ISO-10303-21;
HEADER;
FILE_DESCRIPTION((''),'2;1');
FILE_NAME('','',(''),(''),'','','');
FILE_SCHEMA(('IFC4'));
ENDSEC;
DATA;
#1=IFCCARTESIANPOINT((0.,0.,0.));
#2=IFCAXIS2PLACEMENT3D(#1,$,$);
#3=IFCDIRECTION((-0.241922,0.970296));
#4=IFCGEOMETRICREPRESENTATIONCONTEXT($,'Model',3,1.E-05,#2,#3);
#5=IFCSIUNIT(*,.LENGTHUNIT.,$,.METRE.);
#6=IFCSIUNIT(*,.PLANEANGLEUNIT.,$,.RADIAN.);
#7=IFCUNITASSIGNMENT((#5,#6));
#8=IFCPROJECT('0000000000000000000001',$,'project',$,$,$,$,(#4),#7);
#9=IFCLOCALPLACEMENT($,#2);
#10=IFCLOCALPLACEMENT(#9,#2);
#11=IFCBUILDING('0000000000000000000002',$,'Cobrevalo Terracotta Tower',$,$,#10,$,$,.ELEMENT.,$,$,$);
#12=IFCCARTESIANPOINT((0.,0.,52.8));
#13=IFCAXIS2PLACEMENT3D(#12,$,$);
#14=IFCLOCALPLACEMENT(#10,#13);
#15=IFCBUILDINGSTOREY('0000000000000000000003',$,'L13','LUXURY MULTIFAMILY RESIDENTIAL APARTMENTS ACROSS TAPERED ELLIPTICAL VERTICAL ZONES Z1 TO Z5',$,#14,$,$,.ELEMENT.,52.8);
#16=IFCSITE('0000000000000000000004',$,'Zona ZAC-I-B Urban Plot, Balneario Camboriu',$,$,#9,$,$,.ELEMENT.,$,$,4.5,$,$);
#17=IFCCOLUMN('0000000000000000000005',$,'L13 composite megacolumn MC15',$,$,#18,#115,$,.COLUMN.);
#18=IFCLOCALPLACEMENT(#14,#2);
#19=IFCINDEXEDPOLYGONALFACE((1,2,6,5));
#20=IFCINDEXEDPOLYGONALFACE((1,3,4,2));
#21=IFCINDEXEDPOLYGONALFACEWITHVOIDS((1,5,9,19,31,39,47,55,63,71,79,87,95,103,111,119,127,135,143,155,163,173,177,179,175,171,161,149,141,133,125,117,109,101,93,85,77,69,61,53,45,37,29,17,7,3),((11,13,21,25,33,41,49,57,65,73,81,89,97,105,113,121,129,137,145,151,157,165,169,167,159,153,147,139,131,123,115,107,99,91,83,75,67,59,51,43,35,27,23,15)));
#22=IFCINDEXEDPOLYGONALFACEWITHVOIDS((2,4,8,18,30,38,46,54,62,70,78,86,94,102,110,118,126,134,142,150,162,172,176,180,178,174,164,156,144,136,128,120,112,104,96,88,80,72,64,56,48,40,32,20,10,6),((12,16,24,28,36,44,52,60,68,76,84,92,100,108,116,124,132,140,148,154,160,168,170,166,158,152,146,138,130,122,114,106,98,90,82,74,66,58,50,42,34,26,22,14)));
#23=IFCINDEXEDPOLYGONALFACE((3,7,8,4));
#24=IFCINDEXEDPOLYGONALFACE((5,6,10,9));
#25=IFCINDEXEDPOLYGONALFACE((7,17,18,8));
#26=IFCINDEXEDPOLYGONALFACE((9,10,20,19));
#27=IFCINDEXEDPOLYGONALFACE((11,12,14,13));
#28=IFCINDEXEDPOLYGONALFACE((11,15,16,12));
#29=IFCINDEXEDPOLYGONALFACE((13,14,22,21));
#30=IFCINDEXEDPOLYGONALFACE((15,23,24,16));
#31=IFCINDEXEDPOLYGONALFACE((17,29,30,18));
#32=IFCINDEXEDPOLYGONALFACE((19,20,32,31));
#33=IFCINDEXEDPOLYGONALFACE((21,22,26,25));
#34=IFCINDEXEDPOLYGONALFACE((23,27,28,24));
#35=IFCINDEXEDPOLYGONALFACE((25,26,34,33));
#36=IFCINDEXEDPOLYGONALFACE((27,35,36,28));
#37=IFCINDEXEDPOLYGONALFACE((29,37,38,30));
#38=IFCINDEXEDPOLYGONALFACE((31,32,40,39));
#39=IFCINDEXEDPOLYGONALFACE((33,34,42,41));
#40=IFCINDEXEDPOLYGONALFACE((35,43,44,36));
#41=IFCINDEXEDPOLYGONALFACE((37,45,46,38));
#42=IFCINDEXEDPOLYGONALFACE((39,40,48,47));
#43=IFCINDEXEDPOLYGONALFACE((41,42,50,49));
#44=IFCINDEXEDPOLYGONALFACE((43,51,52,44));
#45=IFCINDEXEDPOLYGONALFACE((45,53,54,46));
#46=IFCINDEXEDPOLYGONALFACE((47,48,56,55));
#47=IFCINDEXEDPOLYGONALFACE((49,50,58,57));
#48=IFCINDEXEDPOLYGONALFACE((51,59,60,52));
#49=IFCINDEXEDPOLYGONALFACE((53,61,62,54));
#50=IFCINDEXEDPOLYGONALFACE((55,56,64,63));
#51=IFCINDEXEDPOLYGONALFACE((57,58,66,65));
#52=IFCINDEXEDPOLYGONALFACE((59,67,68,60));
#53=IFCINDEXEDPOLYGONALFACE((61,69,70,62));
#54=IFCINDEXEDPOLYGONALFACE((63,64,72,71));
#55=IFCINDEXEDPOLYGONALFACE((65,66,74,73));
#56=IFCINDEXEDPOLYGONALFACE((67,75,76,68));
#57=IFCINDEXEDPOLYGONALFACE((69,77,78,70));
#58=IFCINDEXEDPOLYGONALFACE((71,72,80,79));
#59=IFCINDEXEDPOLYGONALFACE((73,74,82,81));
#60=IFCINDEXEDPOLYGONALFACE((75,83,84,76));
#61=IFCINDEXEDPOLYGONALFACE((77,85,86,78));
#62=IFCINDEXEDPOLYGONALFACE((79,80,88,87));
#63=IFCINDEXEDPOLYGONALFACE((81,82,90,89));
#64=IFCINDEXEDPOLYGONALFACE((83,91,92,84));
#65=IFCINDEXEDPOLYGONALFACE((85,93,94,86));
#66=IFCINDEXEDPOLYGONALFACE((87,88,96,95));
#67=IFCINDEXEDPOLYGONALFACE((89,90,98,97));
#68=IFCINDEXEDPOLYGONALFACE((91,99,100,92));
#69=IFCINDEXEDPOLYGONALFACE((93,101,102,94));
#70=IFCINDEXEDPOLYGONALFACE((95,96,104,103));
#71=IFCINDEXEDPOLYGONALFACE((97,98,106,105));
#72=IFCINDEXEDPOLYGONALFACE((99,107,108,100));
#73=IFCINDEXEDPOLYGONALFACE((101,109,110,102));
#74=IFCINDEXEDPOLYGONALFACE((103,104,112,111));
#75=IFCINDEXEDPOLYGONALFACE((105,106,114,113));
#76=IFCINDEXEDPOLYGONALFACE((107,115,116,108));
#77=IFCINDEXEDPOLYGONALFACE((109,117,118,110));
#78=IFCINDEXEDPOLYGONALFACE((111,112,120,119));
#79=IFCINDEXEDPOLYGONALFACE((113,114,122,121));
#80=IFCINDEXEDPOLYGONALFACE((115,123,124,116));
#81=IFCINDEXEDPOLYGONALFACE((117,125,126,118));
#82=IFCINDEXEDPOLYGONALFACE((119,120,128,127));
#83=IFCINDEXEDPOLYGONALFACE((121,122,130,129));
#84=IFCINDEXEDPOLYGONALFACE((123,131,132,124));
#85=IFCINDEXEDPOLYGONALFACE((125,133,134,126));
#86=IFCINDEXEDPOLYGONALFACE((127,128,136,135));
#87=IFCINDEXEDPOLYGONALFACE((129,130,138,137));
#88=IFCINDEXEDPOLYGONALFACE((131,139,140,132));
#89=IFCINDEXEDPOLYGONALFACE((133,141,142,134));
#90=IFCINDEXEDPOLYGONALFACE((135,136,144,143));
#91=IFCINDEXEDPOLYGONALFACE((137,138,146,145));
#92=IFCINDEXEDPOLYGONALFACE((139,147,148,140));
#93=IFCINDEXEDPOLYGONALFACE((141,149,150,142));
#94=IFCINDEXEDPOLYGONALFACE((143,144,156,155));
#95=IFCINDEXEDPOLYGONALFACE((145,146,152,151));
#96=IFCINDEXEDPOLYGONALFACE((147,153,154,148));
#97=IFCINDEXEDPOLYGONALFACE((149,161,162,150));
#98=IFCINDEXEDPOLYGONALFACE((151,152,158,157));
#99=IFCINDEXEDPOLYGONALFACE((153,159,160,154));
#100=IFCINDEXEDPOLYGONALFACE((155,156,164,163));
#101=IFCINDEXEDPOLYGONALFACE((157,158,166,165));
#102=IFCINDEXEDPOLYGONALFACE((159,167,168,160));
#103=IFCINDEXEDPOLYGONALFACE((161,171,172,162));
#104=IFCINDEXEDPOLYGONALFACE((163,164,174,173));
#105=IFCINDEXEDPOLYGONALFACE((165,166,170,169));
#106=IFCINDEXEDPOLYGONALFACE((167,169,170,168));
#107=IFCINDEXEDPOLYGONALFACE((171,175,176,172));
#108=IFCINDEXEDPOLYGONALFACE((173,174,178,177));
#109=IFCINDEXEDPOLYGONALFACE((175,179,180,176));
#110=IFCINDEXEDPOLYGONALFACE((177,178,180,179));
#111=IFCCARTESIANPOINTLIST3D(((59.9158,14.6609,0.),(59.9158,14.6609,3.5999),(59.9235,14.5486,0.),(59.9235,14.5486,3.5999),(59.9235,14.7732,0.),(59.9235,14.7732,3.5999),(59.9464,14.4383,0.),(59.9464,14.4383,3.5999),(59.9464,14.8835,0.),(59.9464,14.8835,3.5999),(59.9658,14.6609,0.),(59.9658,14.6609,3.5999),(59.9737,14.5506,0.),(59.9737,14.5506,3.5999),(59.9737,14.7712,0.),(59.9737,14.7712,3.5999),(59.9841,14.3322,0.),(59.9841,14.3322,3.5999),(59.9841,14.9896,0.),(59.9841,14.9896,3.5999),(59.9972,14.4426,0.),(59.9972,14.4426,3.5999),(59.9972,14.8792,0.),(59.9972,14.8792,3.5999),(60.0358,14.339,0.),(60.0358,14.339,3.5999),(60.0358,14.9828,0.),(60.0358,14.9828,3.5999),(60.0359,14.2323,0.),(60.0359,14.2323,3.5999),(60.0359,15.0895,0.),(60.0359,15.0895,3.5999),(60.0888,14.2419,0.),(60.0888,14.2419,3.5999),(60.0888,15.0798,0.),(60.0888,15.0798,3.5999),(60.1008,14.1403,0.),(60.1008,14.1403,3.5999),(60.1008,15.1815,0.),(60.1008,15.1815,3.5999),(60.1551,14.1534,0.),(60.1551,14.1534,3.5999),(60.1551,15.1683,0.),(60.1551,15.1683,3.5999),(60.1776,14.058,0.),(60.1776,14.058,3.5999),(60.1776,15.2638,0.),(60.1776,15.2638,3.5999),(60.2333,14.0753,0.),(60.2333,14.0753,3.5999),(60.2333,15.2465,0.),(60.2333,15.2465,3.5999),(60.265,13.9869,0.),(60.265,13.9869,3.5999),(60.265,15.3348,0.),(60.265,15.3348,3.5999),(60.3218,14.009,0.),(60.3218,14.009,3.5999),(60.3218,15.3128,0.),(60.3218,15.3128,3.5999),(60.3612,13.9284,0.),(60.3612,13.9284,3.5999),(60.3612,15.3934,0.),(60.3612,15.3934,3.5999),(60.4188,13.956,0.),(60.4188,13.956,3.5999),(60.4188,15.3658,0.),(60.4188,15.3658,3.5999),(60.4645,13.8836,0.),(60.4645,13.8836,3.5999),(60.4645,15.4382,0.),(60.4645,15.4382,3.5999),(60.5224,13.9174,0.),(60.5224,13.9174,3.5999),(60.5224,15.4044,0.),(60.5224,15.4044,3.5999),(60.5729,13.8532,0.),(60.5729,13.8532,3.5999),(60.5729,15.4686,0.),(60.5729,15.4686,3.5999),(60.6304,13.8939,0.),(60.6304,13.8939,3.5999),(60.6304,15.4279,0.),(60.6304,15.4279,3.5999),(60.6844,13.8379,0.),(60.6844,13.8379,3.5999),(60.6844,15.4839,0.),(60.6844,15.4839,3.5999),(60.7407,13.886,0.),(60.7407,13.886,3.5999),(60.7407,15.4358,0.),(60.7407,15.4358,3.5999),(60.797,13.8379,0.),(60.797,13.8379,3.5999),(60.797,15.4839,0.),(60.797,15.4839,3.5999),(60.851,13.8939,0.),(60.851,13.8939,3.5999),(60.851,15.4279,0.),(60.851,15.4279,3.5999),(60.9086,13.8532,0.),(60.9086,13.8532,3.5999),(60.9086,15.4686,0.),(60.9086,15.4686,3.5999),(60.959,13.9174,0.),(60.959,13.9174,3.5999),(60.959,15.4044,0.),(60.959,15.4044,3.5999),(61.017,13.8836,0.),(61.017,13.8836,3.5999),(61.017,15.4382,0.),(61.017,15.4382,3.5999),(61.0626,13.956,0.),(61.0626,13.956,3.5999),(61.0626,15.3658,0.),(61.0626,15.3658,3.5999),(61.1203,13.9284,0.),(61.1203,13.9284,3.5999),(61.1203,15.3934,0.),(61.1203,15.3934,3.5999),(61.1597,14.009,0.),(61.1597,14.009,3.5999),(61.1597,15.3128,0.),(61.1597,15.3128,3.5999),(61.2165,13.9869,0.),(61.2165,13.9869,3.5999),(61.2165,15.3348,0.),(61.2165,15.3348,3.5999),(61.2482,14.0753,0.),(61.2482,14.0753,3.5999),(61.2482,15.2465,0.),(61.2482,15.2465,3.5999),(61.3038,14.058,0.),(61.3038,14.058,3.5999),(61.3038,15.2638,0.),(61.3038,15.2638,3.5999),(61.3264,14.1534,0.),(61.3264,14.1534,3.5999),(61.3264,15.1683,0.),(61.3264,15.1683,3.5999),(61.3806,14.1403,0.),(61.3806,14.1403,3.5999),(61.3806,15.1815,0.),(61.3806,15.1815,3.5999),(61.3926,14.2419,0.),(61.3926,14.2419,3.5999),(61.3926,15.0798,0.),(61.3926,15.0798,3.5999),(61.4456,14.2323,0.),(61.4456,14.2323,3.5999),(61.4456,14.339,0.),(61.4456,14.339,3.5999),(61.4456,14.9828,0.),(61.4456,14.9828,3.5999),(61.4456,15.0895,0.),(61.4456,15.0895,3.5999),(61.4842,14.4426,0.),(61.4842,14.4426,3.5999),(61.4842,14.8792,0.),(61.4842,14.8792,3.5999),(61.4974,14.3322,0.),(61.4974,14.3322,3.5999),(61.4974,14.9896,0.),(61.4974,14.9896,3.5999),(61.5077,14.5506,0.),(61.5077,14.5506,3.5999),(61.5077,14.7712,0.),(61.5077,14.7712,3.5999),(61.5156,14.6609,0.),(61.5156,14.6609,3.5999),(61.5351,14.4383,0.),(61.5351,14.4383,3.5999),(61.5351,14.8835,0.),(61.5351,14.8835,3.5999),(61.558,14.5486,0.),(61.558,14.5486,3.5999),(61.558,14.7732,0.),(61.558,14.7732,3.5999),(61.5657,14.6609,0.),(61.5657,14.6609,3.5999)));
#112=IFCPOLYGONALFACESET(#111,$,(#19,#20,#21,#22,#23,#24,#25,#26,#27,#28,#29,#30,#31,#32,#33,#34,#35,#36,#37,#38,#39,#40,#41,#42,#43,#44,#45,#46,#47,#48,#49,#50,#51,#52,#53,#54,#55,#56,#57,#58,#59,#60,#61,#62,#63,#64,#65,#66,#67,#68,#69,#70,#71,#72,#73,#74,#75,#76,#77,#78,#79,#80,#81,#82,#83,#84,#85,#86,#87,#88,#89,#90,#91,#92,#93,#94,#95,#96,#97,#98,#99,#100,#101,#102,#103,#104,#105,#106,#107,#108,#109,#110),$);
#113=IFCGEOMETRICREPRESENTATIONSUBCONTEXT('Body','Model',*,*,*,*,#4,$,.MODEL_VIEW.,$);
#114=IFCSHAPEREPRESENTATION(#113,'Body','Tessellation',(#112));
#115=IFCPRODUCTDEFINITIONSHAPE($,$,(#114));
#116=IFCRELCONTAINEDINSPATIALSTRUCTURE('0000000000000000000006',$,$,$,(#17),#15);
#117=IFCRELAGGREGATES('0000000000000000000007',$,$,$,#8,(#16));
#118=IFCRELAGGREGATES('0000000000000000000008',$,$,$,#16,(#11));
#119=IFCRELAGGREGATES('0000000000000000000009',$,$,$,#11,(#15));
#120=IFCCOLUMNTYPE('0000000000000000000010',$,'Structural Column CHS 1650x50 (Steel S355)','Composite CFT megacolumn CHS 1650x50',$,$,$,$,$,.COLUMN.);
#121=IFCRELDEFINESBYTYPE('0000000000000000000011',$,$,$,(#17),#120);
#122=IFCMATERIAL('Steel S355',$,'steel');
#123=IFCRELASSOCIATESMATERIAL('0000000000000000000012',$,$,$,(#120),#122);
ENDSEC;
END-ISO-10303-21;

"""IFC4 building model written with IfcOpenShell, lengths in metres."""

from ifc_helpers import new_model, si_unit, direction, frame, origin, origin_2d, place, context, subcontext, project, spatial, hollow_circle, extrude, material, material_profile, profile_set, type_object, element, save


model = new_model("IFC4")

# Units and contexts
model_context = context("Model", 3, precision=1e-05, world=origin(), true_north=direction((-0.241922, 0.970296)))
body_context = subcontext(model_context, "Body", "Model", "MODEL_VIEW")
ifc_project = project(units=[si_unit("LENGTHUNIT", "METRE"), si_unit("PLANEANGLEUNIT", "RADIAN")], contexts=[model_context])

# Site, building, storey
site_placement = place(None, origin())
site = spatial("IfcSite", under=ifc_project, at=site_placement, Name="Zona ZAC-I-B Urban Plot, Balneario Camboriu", CompositionType="ELEMENT", RefElevation=4.5)
building_placement = place(site_placement, origin())
building = spatial("IfcBuilding", under=site, at=building_placement, Name="Cobrevalo Terracotta Tower", CompositionType="ELEMENT")
storey_placement = place(building_placement, frame((0.0, 0.0, 52.8)))
storey = spatial("IfcBuildingStorey", under=building, at=storey_placement, Name="L13", Description="LUXURY MULTIFAMILY RESIDENTIAL APARTMENTS ACROSS TAPERED ELLIPTICAL VERTICAL ZONES Z1 TO Z5", CompositionType="ELEMENT", Elevation=52.8)

# Column
ifc_material_1 = material(Name="Steel S355", Category="steel")
ifc_material_profile_1 = material_profile(ifc_material_1, hollow_circle(Radius=0.825, WallThickness=0.05, at=origin_2d()), Name="CHS 1650x50")
ifc_profile_set_1 = profile_set([ifc_material_profile_1], Name="Steel S355")
column_type = type_object("IfcColumnType", Name="Structural Column CHS 1650x50 (Steel S355)", Description="Composite CFT megacolumn CHS 1650x50", PredefinedType="COLUMN", material=ifc_profile_set_1)
for number, where, z_axis, x_axis, name in (
    (1, (60.7407, 14.6609, 0.0), (0.0, 0.0, 1.0), (1.0, 0.0, 0.0), "L13 composite megacolumn MC15"),
):
    element("IfcColumn", number, at=place(storey_placement, frame(where, z_axis=z_axis, x_axis=x_axis)), inside=storey, type_object=column_type, Name=name, PredefinedType="COLUMN", context=body_context, shape_type="SweptSolid", body=[
        extrude(hollow_circle(Radius=0.825, WallThickness=0.05, at=origin_2d()), origin(), (0.0, 0.0, 1.0), 3.5999),
    ])

save(model, "model.ifc")
